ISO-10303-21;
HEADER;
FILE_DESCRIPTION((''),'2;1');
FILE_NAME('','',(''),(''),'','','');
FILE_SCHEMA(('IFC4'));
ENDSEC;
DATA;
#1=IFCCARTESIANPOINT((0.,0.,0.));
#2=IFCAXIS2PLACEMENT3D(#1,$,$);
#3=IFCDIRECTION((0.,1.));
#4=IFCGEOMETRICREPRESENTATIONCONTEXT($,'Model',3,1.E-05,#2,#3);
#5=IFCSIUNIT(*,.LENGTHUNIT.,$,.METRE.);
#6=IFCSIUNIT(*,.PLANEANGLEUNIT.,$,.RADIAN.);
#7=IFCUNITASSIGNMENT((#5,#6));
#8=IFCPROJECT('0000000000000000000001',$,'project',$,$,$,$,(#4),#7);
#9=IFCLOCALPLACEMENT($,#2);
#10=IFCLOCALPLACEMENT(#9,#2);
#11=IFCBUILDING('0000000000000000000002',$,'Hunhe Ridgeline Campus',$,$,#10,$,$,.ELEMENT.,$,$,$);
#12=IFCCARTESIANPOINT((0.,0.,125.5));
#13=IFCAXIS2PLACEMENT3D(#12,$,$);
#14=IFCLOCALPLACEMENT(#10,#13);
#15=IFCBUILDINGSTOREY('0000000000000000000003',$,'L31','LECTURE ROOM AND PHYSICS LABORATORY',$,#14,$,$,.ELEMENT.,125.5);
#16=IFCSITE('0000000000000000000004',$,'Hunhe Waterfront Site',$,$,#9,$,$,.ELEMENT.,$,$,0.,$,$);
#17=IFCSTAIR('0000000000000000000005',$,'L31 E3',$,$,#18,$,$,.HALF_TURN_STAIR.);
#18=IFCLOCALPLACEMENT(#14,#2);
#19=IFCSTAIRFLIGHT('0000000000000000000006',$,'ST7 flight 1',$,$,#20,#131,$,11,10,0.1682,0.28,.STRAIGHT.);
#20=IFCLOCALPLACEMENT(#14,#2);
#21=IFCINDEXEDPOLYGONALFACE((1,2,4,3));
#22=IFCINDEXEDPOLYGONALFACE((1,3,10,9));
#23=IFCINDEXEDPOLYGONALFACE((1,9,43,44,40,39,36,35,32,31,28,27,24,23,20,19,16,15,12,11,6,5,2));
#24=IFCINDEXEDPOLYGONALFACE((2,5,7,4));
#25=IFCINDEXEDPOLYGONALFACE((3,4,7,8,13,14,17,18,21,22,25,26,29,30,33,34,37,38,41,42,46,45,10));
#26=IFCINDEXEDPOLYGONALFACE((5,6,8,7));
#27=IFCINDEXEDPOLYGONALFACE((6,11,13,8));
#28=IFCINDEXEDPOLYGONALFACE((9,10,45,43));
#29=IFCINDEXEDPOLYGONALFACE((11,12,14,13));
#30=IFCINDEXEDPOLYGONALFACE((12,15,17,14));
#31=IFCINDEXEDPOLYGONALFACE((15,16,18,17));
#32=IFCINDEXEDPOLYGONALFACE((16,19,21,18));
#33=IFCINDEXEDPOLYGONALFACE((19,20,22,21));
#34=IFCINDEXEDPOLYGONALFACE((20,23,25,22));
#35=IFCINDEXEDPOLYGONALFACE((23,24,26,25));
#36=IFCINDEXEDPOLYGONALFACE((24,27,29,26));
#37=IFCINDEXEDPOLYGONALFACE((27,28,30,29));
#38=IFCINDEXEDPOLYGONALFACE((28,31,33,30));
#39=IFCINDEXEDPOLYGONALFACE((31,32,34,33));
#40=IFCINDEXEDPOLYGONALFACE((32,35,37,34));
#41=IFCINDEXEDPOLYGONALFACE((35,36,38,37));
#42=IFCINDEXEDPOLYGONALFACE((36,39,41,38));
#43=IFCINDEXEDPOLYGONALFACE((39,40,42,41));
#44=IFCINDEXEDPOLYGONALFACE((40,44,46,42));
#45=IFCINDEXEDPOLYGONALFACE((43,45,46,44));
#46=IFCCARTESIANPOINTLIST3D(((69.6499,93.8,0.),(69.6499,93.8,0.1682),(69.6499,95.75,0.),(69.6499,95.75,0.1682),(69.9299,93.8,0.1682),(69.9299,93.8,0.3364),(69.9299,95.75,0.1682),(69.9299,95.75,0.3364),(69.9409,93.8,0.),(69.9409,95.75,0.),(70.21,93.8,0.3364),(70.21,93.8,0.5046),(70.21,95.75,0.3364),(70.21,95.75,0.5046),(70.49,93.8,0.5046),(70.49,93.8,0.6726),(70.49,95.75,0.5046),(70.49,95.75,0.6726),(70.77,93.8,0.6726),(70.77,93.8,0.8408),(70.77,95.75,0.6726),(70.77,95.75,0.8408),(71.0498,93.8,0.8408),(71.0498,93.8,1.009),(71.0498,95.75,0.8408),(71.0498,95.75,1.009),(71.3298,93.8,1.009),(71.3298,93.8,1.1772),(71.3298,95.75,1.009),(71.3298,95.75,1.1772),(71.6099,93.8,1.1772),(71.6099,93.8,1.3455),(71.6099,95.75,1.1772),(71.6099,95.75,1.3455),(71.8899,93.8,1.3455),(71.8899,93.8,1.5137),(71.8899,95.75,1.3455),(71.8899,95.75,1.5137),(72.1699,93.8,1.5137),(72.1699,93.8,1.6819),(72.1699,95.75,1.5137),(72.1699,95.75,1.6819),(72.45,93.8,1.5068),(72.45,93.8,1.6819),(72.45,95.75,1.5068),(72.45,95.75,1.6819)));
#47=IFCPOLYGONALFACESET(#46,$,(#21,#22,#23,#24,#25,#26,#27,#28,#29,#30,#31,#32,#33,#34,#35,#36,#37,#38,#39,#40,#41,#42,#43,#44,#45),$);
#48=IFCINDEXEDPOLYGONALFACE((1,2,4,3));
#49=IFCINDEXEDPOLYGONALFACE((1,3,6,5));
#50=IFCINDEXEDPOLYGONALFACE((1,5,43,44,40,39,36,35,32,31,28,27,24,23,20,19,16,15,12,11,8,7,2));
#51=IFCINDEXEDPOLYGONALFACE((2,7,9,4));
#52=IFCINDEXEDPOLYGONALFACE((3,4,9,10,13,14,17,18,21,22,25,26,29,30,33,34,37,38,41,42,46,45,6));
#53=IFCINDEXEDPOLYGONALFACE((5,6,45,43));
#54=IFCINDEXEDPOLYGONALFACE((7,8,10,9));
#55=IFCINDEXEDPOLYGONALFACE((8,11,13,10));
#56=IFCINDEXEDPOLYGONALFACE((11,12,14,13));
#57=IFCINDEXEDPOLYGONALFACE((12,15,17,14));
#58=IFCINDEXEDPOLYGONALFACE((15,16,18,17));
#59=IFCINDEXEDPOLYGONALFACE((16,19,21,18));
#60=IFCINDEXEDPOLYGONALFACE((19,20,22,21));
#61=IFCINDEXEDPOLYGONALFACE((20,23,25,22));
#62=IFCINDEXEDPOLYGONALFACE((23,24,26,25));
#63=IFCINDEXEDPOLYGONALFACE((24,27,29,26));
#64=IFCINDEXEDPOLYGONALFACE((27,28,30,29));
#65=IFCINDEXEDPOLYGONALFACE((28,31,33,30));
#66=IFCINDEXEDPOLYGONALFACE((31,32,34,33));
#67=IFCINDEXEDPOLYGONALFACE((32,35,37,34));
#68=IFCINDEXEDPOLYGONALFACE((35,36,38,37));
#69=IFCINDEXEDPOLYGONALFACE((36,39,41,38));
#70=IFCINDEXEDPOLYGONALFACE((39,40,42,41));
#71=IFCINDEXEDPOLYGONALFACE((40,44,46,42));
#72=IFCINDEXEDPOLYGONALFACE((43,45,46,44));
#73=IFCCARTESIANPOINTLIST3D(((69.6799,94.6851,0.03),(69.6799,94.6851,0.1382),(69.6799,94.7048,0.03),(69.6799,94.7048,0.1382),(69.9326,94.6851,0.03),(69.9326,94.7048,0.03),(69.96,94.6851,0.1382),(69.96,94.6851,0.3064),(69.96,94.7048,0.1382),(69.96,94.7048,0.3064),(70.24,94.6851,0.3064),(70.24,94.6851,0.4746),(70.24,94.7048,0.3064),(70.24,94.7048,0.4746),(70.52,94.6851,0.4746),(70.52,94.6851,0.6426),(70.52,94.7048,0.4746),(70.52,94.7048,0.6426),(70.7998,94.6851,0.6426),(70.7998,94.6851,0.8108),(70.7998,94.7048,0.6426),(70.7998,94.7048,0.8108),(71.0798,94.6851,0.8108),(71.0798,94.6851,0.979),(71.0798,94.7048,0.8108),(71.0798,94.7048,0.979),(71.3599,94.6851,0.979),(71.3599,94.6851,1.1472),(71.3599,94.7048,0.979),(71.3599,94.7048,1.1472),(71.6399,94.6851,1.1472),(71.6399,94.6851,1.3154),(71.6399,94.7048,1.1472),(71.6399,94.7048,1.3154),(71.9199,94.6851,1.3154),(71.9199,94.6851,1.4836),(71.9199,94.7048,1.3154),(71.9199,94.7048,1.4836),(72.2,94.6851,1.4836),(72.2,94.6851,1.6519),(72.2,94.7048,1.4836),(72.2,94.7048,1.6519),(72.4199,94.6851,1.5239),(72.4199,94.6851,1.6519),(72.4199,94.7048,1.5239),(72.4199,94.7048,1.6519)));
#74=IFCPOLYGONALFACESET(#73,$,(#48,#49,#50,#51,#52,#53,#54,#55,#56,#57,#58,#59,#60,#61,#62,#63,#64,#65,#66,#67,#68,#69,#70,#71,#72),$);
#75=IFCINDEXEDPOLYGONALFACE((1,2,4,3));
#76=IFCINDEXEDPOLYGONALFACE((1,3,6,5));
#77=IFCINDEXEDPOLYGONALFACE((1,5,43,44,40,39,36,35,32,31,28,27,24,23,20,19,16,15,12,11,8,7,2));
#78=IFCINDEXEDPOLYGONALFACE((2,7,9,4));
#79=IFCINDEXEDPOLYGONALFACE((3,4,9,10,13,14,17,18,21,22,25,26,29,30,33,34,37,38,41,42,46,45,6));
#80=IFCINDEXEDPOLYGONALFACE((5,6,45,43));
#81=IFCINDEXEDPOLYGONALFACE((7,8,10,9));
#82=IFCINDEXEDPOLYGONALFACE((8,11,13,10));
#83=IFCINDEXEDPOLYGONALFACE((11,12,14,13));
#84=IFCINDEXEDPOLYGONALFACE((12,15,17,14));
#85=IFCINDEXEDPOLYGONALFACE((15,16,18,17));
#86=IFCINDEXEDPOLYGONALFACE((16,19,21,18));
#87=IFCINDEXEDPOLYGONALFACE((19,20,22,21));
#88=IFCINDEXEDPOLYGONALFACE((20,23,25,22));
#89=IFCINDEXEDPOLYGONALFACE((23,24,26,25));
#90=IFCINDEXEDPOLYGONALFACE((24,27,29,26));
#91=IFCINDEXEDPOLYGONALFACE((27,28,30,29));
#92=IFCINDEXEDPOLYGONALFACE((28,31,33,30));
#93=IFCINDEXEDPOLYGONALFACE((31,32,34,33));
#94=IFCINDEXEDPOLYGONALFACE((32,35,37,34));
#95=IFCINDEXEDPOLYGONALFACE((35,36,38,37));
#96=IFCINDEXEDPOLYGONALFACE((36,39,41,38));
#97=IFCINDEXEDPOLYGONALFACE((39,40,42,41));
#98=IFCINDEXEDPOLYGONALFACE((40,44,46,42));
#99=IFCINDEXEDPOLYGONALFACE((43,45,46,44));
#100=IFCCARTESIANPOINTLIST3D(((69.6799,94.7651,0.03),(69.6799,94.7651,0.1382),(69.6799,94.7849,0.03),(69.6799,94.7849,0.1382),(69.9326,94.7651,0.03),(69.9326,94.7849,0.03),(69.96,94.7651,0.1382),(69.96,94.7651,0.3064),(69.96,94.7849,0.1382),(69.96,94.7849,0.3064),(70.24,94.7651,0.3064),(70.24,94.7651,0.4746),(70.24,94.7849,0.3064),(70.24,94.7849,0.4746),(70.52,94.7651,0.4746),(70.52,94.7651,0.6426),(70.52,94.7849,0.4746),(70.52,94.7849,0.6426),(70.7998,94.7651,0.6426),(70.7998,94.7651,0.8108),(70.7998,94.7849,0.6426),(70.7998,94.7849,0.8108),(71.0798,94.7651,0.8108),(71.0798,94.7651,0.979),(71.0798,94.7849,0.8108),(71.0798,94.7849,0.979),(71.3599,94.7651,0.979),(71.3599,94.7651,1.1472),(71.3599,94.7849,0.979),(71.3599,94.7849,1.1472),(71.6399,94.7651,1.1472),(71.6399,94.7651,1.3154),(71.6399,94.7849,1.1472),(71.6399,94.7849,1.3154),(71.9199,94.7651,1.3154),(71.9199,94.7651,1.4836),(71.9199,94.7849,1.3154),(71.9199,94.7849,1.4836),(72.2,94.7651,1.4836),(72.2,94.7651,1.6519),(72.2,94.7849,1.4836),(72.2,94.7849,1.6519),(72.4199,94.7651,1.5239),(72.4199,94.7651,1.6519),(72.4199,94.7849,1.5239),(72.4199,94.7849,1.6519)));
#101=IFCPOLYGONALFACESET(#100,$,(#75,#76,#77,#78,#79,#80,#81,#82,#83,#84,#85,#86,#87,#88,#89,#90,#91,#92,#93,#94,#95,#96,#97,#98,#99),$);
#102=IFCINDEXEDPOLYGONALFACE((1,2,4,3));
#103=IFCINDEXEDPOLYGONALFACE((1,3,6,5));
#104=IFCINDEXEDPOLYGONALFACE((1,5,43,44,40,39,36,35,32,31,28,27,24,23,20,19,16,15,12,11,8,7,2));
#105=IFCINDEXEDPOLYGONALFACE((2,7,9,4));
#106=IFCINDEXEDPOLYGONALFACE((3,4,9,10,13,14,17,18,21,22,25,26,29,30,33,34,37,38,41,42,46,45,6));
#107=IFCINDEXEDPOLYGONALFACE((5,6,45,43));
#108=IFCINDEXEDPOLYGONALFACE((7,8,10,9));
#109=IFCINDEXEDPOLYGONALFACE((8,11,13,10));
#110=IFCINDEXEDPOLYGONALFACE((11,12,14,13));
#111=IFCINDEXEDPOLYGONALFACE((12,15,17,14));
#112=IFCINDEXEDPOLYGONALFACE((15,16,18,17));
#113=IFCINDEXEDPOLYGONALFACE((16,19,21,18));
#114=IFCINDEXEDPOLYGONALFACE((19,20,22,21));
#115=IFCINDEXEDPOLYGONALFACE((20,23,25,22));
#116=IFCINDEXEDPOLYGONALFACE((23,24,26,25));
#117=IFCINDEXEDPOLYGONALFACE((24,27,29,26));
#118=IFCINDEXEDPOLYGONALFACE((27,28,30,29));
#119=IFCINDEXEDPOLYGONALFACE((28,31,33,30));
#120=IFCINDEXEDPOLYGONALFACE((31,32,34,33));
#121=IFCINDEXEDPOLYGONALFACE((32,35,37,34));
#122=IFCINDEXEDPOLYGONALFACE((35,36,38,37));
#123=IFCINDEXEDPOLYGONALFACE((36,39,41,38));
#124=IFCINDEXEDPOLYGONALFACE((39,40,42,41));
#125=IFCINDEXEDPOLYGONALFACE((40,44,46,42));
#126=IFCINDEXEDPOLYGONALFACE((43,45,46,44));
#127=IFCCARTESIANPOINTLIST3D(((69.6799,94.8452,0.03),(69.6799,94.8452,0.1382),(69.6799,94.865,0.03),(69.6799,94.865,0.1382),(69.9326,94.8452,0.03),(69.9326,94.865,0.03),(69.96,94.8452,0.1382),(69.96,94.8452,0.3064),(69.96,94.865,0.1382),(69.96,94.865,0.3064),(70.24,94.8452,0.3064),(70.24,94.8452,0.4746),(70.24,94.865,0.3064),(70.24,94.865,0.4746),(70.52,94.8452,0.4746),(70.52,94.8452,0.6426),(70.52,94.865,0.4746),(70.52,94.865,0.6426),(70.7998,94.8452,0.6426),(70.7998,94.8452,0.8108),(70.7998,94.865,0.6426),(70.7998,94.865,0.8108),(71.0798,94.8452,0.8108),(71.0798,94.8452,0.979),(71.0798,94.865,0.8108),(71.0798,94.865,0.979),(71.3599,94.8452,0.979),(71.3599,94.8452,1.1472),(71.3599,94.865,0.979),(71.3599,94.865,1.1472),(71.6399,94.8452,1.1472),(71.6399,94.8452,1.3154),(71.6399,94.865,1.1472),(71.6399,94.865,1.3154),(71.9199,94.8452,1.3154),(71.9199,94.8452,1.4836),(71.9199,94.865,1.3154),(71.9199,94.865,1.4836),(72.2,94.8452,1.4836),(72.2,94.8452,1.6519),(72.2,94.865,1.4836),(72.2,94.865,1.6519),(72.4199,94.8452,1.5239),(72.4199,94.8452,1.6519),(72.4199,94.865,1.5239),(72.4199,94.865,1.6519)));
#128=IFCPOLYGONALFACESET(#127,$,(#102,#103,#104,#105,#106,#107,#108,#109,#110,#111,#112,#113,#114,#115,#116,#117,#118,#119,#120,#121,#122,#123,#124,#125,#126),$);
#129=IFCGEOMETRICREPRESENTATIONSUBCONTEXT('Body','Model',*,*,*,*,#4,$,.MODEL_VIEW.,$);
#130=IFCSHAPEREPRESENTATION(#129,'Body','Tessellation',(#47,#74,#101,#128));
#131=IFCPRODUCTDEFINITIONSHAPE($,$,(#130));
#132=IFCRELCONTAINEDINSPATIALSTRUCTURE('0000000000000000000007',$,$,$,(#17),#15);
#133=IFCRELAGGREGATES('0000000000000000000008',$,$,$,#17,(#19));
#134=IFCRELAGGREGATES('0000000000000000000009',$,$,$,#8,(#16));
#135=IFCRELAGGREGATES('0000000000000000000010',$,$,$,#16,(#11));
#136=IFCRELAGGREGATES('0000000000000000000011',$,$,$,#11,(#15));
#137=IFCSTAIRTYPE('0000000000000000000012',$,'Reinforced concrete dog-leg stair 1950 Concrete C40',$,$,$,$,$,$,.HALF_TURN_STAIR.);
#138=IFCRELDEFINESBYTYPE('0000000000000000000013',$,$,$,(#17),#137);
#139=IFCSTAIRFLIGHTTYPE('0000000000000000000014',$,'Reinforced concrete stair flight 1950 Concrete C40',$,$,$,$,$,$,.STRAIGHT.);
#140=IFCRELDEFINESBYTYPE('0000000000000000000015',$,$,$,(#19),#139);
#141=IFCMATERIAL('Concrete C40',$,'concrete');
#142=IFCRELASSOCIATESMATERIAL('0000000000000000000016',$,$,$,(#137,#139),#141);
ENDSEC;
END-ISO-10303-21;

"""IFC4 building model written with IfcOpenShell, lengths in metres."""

from ifc_helpers import new_model, si_unit, direction, frame, origin, place, context, subcontext, project, spatial, polyline, outline, extrude, material, type_object, element, aggregate, save


model = new_model("IFC4")

# Units and contexts
model_context = context("Model", 3, precision=1e-05, world=origin(), true_north=direction((0.0, 1.0)))
body_context = subcontext(model_context, "Body", "Model", "MODEL_VIEW")
ifc_project = project(units=[si_unit("LENGTHUNIT", "METRE"), si_unit("PLANEANGLEUNIT", "RADIAN")], contexts=[model_context])

# Site, building, storey
site_placement = place(None, origin())
site = spatial("IfcSite", under=ifc_project, at=site_placement, Name="Hunhe Waterfront Site", CompositionType="ELEMENT", RefElevation=0.0)
building_placement = place(site_placement, origin())
building = spatial("IfcBuilding", under=site, at=building_placement, Name="Hunhe Ridgeline Campus", CompositionType="ELEMENT")
storey_placement = place(building_placement, frame((0.0, 0.0, 125.5)))
storey = spatial("IfcBuildingStorey", under=building, at=storey_placement, Name="L31", Description="LECTURE ROOM AND PHYSICS LABORATORY", CompositionType="ELEMENT", Elevation=125.5)

# Shared definitions
ifc_material_1 = material(Name="Concrete C40", Category="concrete")
stair_type = type_object("IfcStairType", Name="Reinforced concrete dog-leg stair 1950 Concrete C40", PredefinedType="HALF_TURN_STAIR", material=ifc_material_1)
stair_flight_type = type_object("IfcStairFlightType", Name="Reinforced concrete stair flight 1950 Concrete C40", PredefinedType="STRAIGHT", material=ifc_material_1)

# Stair, stair flight
stair_1_placement = place(storey_placement, origin())
stair_1 = element("IfcStair", 1, at=stair_1_placement, inside=storey, type_object=stair_type, Name="L31 E3", PredefinedType="HALF_TURN_STAIR")
stair_flight_1_placement = place(storey_placement, frame((69.6499, 94.7749, 0.0), z_axis=(0.0, 0.0, 1.0), x_axis=(1.0, 0.0, 0.0)))
stair_flight_1 = element("IfcStairFlight", 2, at=stair_flight_1_placement, type_object=stair_flight_type, Name="ST7 flight 1", NumberOfRisers=11, NumberOfTreads=10, PredefinedType="STRAIGHT", RiserHeight=0.1682, TreadLength=0.28, context=body_context, shape_type="SweptSolid", body=[
    extrude(outline(polyline([(0.0, 0.0), (0.0, 0.1682), (0.28, 0.1682), (0.28, 0.3364), (0.5601, 0.3364), (0.5601, 0.5046), (0.8401, 0.5046), (0.8401, 0.6726), (1.1201, 0.6726), (1.1201, 0.8408), (1.3999, 0.8408), (1.3999, 1.009), (1.6799, 1.009), (1.6799, 1.1772), (1.96, 1.1772), (1.96, 1.3455), (2.24, 1.3455), (2.24, 1.5137), (2.52, 1.5137), (2.52, 1.6819), (2.8, 1.6819), (2.8, 1.8501), (2.8, 1.5068), (0.291, 0.0), (0.0, 0.0)])), frame((0.0, 0.9751, 0.0), z_axis=(0.0, -1.0, 0.0), x_axis=(1.0, 0.0, 0.0)), (0.0, 0.0, 1.0), 1.95),
    extrude(outline(polyline([(0.03, 0.03), (0.03, 0.1382), (0.3101, 0.1382), (0.3101, 0.3064), (0.5901, 0.3064), (0.5901, 0.4746), (0.8701, 0.4746), (0.8701, 0.6426), (1.1499, 0.6426), (1.1499, 0.8108), (1.4299, 0.8108), (1.4299, 0.979), (1.71, 0.979), (1.71, 1.1472), (1.99, 1.1472), (1.99, 1.3154), (2.27, 1.3154), (2.27, 1.4836), (2.55, 1.4836), (2.55, 1.6519), (2.77, 1.6519), (2.77, 1.5239), (0.2827, 0.03), (0.03, 0.03)])), frame((0.0, -0.0701, 0.0), z_axis=(0.0, -1.0, 0.0), x_axis=(1.0, 0.0, 0.0)), (0.0, 0.0, 1.0), 0.0198),
    extrude(outline(polyline([(0.03, 0.03), (0.03, 0.1382), (0.3101, 0.1382), (0.3101, 0.3064), (0.5901, 0.3064), (0.5901, 0.4746), (0.8701, 0.4746), (0.8701, 0.6426), (1.1499, 0.6426), (1.1499, 0.8108), (1.4299, 0.8108), (1.4299, 0.979), (1.71, 0.979), (1.71, 1.1472), (1.99, 1.1472), (1.99, 1.3154), (2.27, 1.3154), (2.27, 1.4836), (2.55, 1.4836), (2.55, 1.6519), (2.77, 1.6519), (2.77, 1.5239), (0.2827, 0.03), (0.03, 0.03)])), frame((0.0, 0.01, 0.0), z_axis=(0.0, -1.0, 0.0), x_axis=(1.0, 0.0, 0.0)), (0.0, 0.0, 1.0), 0.0198),
    extrude(outline(polyline([(0.03, 0.03), (0.03, 0.1382), (0.3101, 0.1382), (0.3101, 0.3064), (0.5901, 0.3064), (0.5901, 0.4746), (0.8701, 0.4746), (0.8701, 0.6426), (1.1499, 0.6426), (1.1499, 0.8108), (1.4299, 0.8108), (1.4299, 0.979), (1.71, 0.979), (1.71, 1.1472), (1.99, 1.1472), (1.99, 1.3154), (2.27, 1.3154), (2.27, 1.4836), (2.55, 1.4836), (2.55, 1.6519), (2.77, 1.6519), (2.77, 1.5239), (0.2827, 0.03), (0.03, 0.03)])), frame((0.0, 0.0901, 0.0), z_axis=(0.0, -1.0, 0.0), x_axis=(1.0, 0.0, 0.0)), (0.0, 0.0, 1.0), 0.0198),
])
aggregate(stair_1, [stair_flight_1])

save(model, "model.ifc")
